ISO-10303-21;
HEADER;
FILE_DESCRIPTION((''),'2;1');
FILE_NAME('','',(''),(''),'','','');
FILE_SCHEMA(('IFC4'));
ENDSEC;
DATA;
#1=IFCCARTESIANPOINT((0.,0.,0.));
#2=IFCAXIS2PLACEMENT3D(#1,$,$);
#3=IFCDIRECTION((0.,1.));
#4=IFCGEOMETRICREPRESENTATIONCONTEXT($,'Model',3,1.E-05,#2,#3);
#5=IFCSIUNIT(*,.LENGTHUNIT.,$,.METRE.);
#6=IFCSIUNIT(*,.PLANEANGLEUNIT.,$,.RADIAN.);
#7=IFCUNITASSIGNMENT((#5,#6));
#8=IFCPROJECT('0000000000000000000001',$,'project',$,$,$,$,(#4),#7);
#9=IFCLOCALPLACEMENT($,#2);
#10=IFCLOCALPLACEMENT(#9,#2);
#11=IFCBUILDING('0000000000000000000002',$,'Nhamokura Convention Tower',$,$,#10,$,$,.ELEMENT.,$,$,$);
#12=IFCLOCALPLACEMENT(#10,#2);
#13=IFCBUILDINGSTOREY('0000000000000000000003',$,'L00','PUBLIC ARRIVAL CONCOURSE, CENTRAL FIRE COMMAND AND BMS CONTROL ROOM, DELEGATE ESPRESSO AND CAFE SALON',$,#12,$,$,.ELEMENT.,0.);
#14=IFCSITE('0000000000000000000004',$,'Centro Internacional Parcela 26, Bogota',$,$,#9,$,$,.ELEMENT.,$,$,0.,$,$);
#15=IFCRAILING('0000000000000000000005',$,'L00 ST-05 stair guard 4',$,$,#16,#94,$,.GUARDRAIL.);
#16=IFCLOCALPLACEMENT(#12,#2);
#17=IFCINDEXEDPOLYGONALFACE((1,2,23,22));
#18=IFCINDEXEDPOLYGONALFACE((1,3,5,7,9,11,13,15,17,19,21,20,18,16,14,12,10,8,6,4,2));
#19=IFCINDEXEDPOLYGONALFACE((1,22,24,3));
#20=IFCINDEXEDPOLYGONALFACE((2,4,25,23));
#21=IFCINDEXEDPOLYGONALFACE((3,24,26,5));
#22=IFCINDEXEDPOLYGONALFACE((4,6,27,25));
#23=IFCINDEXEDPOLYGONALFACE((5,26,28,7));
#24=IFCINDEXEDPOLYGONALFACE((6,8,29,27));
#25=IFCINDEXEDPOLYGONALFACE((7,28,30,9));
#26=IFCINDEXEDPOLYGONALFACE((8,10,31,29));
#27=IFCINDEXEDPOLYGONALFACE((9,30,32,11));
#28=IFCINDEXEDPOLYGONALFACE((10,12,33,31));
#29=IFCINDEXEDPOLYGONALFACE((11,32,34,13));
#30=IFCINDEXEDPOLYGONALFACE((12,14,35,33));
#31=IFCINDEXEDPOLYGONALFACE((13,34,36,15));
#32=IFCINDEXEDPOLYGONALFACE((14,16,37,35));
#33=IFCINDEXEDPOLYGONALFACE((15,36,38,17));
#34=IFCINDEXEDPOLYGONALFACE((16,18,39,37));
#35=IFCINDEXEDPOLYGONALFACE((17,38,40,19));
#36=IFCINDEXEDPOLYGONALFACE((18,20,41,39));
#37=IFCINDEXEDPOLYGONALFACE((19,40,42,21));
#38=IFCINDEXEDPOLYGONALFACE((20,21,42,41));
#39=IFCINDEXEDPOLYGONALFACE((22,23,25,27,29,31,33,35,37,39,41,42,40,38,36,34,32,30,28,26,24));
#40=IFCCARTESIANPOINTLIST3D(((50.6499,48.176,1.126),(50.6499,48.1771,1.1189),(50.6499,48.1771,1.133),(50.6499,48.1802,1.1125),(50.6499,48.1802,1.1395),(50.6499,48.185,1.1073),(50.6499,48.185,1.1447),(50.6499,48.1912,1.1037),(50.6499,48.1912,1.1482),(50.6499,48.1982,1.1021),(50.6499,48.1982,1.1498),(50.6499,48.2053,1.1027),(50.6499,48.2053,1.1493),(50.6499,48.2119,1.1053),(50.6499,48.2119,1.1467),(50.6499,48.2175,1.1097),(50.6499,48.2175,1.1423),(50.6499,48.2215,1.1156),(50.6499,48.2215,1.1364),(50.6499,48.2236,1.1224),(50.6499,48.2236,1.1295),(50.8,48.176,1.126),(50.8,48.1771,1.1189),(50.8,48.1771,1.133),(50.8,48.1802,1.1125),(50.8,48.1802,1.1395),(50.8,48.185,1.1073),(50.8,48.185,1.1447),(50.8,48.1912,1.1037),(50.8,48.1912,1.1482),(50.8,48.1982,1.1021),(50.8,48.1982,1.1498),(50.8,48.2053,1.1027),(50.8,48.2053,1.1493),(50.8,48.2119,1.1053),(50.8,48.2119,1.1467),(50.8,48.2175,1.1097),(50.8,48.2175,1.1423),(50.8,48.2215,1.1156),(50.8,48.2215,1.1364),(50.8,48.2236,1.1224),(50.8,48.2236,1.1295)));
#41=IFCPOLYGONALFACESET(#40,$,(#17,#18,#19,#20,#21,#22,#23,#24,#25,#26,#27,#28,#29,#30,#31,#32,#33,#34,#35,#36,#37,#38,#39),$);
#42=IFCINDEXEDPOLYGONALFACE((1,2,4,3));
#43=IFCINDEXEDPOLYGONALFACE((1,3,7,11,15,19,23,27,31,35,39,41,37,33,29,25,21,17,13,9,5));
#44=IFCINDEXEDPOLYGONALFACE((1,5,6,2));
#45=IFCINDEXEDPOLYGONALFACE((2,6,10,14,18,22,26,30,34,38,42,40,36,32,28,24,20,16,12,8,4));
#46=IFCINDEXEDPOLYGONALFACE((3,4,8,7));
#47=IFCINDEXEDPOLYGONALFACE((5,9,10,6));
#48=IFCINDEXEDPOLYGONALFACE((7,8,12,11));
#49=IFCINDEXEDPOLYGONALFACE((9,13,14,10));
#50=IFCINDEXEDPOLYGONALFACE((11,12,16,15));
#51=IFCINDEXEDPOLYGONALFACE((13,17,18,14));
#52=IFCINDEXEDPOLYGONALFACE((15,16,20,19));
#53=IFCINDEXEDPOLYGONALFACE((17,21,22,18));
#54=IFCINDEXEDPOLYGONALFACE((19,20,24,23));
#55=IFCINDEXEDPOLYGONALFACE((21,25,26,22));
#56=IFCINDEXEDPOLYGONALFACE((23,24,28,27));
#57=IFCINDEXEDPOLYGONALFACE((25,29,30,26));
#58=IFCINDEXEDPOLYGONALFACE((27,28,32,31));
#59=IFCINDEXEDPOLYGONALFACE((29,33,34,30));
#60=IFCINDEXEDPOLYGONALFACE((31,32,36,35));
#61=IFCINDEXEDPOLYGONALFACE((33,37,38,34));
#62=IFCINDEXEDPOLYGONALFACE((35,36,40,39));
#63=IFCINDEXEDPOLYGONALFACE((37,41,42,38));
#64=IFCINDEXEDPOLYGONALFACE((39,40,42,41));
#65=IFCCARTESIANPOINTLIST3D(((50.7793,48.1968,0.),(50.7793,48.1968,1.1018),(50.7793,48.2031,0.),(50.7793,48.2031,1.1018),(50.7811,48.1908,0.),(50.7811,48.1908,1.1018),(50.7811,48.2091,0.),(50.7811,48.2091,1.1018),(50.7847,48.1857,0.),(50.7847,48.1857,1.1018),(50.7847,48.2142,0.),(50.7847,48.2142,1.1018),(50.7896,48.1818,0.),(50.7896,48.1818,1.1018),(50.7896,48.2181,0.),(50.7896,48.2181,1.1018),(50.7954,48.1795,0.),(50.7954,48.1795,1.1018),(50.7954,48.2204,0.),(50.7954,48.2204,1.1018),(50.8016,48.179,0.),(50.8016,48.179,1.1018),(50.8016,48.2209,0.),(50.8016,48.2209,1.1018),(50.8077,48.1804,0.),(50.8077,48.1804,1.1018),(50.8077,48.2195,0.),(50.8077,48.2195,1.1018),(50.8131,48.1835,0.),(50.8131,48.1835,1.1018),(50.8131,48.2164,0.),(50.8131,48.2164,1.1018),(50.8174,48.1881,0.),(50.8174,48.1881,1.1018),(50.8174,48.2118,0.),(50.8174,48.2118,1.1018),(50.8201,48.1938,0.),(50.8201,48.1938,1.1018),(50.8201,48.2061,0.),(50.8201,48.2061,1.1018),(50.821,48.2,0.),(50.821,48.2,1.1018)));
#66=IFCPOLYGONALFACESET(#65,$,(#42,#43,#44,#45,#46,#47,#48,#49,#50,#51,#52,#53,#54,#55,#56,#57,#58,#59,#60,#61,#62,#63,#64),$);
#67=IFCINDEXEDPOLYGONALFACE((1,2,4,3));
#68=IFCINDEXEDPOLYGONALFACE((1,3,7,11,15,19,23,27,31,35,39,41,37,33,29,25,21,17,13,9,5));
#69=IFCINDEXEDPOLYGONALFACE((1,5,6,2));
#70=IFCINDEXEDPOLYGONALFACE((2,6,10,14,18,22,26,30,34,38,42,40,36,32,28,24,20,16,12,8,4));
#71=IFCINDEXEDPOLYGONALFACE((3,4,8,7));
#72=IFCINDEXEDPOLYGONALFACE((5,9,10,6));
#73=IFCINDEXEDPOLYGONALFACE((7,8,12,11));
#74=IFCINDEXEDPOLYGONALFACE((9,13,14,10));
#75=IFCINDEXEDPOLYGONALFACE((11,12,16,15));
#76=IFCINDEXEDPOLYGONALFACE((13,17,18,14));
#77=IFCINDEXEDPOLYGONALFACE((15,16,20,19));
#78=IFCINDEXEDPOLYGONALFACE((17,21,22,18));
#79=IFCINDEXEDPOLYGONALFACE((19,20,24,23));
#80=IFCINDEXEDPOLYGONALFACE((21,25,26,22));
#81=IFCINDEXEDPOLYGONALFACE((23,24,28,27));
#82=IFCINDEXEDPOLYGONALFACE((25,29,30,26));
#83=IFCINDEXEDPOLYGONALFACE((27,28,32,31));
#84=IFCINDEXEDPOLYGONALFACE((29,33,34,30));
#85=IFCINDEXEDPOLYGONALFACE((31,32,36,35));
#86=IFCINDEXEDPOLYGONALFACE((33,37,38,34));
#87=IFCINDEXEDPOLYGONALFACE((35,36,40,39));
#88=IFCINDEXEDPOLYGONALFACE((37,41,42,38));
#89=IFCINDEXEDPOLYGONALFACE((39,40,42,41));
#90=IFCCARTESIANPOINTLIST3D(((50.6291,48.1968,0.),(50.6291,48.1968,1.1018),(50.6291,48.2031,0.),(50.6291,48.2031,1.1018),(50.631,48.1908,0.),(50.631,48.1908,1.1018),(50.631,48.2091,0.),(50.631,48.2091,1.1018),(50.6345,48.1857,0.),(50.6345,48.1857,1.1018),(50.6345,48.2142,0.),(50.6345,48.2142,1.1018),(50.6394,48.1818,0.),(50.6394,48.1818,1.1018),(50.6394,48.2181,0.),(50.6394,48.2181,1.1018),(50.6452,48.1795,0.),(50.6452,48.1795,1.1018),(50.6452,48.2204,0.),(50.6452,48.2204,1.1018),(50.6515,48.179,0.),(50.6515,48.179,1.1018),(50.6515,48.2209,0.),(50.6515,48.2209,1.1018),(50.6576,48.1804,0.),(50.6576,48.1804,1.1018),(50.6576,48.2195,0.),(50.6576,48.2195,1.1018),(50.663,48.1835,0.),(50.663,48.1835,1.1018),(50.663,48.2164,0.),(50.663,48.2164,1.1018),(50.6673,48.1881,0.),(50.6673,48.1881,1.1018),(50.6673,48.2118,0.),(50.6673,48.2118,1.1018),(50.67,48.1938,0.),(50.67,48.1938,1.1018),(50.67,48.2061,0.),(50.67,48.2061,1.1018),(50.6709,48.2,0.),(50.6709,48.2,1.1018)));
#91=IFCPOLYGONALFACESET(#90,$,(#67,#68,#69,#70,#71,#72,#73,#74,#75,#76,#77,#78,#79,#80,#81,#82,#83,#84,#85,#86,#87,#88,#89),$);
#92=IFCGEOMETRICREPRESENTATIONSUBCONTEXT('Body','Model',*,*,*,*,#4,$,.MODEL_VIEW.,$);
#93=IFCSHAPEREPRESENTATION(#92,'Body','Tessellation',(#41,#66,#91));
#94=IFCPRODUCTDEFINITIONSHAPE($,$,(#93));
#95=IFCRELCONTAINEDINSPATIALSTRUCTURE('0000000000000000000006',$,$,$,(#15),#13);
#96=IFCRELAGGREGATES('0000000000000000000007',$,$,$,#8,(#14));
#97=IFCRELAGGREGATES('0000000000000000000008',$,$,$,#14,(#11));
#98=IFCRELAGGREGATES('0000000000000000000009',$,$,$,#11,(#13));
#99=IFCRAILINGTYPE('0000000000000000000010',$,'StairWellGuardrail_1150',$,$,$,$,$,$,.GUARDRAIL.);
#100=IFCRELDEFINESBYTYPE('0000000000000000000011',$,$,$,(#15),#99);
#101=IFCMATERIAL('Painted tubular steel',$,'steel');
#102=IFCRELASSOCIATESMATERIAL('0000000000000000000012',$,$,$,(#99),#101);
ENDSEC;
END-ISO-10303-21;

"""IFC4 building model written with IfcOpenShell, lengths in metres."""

from ifc_helpers import new_model, si_unit, direction, frame, origin, origin_2d, place, context, subcontext, project, spatial, circle, extrude, material, type_object, element, save


model = new_model("IFC4")

# Units and contexts
model_context = context("Model", 3, precision=1e-05, world=origin(), true_north=direction((0.0, 1.0)))
body_context = subcontext(model_context, "Body", "Model", "MODEL_VIEW")
ifc_project = project(units=[si_unit("LENGTHUNIT", "METRE"), si_unit("PLANEANGLEUNIT", "RADIAN")], contexts=[model_context])

# Site, building, storey
site_placement = place(None, origin())
site = spatial("IfcSite", under=ifc_project, at=site_placement, Name="Centro Internacional Parcela 26, Bogota", CompositionType="ELEMENT", RefElevation=0.0)
building_placement = place(site_placement, origin())
building = spatial("IfcBuilding", under=site, at=building_placement, Name="Nhamokura Convention Tower", CompositionType="ELEMENT")
storey_placement = place(building_placement, origin())
storey = spatial("IfcBuildingStorey", under=building, at=storey_placement, Name="L00", Description="PUBLIC ARRIVAL CONCOURSE, CENTRAL FIRE COMMAND AND BMS CONTROL ROOM, DELEGATE ESPRESSO AND CAFE SALON", CompositionType="ELEMENT", Elevation=0.0)

# Railing
ifc_material_1 = material(Name="Painted tubular steel", Category="steel")
railing_type_1 = type_object("IfcRailingType", Name="StairWellGuardrail_1150", PredefinedType="GUARDRAIL", material=ifc_material_1)
railing_1_placement = place(storey_placement, frame((50.8, 48.2, 0.0)))
element("IfcRailing", 1, at=railing_1_placement, inside=storey, type_object=railing_type_1, Name="L00 ST-05 stair guard 4", PredefinedType="GUARDRAIL", context=body_context, shape_type="SweptSolid", body=[
    extrude(circle(Radius=0.0239, at=origin_2d()), frame((0.0, 0.0, 1.126), z_axis=(-1.0, 0.0, 0.0), x_axis=(0.0, -1.0, 0.0)), (0.0, 0.0, 1.0), 0.1501),
    extrude(circle(Radius=0.021, at=origin_2d()), origin(), (0.0, 0.0, 1.0), 1.1018),
    extrude(circle(Radius=0.021, at=origin_2d()), frame((-0.1501, 0.0, 0.0)), (0.0, 0.0, 1.0), 1.1018),
])

save(model, "model.ifc")
